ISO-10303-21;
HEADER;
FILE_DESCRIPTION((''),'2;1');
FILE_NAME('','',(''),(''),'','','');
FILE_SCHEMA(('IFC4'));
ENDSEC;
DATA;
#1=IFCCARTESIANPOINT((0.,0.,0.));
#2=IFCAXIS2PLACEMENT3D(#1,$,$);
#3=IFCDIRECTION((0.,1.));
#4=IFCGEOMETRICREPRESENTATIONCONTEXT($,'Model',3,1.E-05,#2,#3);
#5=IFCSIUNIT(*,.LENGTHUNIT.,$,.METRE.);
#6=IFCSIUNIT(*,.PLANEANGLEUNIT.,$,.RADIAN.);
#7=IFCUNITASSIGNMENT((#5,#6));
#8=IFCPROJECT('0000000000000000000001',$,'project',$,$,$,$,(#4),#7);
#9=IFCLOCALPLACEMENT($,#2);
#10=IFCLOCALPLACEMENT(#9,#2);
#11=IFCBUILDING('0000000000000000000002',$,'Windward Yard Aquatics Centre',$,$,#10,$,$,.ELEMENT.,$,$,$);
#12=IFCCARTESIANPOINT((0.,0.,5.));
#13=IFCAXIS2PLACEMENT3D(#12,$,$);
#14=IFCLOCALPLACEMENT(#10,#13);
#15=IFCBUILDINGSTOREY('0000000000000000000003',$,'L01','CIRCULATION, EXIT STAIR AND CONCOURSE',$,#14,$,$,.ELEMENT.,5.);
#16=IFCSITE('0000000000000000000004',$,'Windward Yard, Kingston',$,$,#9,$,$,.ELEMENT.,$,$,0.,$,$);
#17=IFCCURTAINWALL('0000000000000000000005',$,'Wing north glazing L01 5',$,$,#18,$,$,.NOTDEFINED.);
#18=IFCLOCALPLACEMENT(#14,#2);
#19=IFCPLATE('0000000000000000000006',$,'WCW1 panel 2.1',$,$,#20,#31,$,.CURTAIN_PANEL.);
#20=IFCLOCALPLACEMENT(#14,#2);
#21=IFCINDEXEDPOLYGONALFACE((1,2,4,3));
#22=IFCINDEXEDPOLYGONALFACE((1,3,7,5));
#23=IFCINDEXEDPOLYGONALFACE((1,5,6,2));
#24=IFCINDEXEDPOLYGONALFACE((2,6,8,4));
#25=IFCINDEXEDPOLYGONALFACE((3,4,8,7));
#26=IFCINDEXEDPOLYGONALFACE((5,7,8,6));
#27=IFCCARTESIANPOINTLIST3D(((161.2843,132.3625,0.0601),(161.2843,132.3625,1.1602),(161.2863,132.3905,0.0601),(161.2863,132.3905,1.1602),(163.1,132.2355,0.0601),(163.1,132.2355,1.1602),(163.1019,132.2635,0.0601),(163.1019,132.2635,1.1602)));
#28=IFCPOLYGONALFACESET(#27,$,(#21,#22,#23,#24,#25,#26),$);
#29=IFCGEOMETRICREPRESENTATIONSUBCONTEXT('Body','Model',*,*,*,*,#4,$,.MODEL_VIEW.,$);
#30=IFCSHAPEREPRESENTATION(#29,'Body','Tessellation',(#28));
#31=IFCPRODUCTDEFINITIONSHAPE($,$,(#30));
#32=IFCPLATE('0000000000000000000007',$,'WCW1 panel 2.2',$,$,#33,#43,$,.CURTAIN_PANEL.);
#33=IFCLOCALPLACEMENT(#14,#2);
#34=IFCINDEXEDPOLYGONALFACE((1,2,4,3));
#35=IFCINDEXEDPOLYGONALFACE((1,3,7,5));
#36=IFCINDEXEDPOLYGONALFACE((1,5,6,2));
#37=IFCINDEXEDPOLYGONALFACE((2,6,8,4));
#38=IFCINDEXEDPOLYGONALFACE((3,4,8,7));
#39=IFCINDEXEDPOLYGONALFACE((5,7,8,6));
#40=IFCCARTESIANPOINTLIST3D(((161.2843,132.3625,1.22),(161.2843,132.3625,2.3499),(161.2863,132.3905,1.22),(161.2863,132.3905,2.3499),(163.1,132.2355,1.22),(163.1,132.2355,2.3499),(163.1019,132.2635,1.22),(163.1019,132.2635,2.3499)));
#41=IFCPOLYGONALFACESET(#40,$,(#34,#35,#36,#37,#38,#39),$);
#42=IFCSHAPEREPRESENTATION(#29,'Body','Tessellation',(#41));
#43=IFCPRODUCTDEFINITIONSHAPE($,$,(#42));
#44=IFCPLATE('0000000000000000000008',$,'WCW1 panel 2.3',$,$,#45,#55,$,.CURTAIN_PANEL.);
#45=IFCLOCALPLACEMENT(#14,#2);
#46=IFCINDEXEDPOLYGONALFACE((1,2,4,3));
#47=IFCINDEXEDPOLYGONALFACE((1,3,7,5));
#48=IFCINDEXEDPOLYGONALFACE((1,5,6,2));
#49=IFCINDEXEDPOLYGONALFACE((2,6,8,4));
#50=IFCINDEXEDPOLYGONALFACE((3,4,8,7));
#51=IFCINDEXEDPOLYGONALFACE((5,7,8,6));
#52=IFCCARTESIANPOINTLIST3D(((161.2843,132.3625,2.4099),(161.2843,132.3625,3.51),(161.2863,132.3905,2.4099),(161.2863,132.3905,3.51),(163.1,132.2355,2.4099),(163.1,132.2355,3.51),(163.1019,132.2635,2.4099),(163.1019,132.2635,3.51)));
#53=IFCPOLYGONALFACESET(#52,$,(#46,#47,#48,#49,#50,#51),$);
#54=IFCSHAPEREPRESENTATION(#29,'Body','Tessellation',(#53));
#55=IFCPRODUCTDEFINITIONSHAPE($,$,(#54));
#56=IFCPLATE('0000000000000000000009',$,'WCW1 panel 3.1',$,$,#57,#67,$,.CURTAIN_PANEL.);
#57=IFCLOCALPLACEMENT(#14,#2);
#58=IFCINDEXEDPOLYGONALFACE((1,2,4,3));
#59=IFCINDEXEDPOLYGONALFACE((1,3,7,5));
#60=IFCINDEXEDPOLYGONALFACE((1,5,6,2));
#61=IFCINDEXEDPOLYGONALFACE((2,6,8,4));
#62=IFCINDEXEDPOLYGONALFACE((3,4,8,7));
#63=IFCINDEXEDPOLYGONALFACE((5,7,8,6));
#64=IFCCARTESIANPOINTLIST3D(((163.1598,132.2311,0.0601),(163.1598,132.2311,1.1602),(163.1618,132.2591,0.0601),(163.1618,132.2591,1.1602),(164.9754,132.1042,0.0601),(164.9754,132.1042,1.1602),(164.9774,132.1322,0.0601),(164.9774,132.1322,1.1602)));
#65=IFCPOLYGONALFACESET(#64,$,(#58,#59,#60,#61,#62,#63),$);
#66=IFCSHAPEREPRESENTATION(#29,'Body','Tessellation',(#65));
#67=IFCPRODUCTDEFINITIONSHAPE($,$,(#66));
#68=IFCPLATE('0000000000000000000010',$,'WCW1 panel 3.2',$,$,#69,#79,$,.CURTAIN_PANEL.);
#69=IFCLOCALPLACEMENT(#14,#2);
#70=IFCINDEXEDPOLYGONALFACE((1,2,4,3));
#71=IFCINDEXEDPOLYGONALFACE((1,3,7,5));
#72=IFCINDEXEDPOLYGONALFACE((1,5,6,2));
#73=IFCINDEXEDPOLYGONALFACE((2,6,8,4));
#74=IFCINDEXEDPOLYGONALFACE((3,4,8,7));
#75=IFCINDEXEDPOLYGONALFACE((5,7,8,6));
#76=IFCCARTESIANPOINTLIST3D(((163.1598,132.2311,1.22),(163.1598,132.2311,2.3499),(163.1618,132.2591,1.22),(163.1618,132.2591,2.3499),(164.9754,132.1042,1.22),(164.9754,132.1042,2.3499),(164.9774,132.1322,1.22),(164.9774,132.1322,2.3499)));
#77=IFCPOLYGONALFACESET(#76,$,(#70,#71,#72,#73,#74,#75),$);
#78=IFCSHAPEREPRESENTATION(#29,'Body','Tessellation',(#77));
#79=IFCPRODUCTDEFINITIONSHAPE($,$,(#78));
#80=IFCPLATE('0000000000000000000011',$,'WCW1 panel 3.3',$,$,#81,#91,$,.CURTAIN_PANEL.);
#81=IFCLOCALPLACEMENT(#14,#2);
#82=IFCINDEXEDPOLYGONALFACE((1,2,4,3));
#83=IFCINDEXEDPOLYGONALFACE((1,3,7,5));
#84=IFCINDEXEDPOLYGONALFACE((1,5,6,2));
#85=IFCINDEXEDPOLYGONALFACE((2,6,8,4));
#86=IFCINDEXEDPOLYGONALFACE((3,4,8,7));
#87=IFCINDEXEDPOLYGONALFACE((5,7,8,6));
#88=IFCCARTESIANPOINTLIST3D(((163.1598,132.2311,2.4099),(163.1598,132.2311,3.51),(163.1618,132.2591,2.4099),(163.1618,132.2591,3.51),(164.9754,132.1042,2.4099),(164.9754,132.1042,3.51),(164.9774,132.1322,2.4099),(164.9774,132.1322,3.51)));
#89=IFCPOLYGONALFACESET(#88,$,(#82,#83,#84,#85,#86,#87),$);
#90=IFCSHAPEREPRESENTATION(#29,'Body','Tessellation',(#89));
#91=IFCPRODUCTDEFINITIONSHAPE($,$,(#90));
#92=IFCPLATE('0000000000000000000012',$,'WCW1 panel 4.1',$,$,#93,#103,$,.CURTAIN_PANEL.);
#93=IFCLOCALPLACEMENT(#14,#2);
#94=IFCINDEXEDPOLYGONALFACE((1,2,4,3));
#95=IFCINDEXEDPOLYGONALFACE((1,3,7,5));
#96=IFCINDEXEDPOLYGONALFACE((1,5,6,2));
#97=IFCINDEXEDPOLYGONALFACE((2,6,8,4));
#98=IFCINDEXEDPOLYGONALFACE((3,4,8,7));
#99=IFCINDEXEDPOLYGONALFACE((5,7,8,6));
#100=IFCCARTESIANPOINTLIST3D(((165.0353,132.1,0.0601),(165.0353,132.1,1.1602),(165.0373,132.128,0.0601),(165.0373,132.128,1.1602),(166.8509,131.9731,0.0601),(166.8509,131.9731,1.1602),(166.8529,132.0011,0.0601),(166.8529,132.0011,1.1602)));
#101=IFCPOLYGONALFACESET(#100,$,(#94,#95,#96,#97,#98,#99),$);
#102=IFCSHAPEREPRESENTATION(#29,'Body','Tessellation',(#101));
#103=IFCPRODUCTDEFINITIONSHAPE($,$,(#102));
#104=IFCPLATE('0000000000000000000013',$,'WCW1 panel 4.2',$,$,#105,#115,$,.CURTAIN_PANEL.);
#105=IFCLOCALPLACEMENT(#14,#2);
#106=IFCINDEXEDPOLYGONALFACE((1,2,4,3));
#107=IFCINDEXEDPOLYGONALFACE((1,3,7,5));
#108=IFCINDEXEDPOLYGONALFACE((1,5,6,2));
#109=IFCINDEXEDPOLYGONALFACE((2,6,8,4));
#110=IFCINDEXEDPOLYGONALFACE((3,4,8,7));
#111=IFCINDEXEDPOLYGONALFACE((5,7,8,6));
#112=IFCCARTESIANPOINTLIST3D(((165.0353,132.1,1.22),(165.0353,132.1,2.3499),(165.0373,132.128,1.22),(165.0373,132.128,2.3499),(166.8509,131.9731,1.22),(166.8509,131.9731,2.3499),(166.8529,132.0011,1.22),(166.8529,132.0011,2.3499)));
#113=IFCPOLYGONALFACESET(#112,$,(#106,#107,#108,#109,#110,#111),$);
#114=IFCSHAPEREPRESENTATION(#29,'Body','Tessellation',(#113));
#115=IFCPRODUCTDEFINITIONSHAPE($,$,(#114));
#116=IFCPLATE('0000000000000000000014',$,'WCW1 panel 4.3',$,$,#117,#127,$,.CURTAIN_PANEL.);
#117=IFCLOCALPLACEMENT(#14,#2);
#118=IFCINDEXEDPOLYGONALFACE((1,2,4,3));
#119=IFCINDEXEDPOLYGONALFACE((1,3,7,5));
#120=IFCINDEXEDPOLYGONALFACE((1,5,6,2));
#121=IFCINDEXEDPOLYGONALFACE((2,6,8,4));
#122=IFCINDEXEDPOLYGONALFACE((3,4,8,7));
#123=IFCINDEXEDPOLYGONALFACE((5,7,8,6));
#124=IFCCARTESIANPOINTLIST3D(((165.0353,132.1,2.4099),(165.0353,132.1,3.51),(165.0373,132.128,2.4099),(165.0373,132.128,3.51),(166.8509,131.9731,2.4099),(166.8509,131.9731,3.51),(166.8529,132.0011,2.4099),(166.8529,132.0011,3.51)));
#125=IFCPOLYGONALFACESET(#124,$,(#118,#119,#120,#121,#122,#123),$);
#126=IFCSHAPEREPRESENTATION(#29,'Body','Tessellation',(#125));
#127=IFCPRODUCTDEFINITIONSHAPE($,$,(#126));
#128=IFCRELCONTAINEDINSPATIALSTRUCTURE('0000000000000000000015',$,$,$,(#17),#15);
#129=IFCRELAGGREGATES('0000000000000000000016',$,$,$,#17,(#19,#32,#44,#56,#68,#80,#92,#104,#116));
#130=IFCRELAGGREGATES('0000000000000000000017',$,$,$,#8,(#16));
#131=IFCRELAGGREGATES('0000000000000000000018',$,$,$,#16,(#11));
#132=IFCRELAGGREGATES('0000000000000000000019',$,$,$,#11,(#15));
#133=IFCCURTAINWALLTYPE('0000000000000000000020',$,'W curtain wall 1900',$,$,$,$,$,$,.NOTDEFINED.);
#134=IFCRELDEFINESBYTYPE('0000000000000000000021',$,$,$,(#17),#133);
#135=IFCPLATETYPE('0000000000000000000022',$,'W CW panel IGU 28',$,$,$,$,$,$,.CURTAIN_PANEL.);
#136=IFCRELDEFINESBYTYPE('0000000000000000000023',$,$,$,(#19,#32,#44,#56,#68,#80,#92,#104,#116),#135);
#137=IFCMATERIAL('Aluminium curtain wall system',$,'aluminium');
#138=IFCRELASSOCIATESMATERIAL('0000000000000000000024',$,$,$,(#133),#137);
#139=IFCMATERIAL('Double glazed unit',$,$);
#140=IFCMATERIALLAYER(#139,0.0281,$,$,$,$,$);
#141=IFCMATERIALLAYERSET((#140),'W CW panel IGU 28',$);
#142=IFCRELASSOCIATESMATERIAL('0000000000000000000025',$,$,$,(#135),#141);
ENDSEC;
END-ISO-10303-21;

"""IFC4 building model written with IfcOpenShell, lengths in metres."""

from ifc_helpers import new_model, si_unit, direction, frame, origin, origin_2d, place, context, subcontext, project, spatial, rectangle, extrude, material, layer, layer_set, type_object, element, aggregate, save


model = new_model("IFC4")

# Units and contexts
model_context = context("Model", 3, precision=1e-05, world=origin(), true_north=direction((0.0, 1.0)))
body_context = subcontext(model_context, "Body", "Model", "MODEL_VIEW")
ifc_project = project(units=[si_unit("LENGTHUNIT", "METRE"), si_unit("PLANEANGLEUNIT", "RADIAN")], contexts=[model_context])

# Site, building, storey
site_placement = place(None, origin())
site = spatial("IfcSite", under=ifc_project, at=site_placement, Name="Windward Yard, Kingston", CompositionType="ELEMENT", RefElevation=0.0)
building_placement = place(site_placement, origin())
building = spatial("IfcBuilding", under=site, at=building_placement, Name="Windward Yard Aquatics Centre", CompositionType="ELEMENT")
storey_placement = place(building_placement, frame((0.0, 0.0, 5.0)))
storey = spatial("IfcBuildingStorey", under=building, at=storey_placement, Name="L01", Description="CIRCULATION, EXIT STAIR AND CONCOURSE", CompositionType="ELEMENT", Elevation=5.0)

# Curtain wall, plates
ifc_material_1 = material(Name="Aluminium curtain wall system", Category="aluminium")
curtain_wall_type = type_object("IfcCurtainWallType", Name="W curtain wall 1900", PredefinedType="NOTDEFINED", material=ifc_material_1)
curtain_wall_placement = place(storey_placement, origin())
curtain_wall = element("IfcCurtainWall", 1, at=curtain_wall_placement, inside=storey, type_object=curtain_wall_type, Name="Wing north glazing L01 5", PredefinedType="NOTDEFINED")
ifc_material_2 = material(Name="Double glazed unit")
ifc_layer = layer(ifc_material_2, 0.0281)
ifc_layer_set = layer_set([ifc_layer], Name="W CW panel IGU 28")
plate_type = type_object("IfcPlateType", Name="W CW panel IGU 28", PredefinedType="CURTAIN_PANEL", material=ifc_layer_set)
plate_1_placement = place(storey_placement, frame((162.1931, 132.313, 0.0601), z_axis=(0.0, 0.0, 1.0), x_axis=(0.997564, -0.069755, 0.0)))
plate_1 = element("IfcPlate", 2, at=plate_1_placement, type_object=plate_type, Name="WCW1 panel 2.1", PredefinedType="CURTAIN_PANEL", context=body_context, shape_type="SweptSolid", body=[
    extrude(rectangle(XDim=1.8201, YDim=0.0281, at=origin_2d()), origin(), (0.0, 0.0, 1.0), 1.1001),
])
plate_2_placement = place(storey_placement, frame((162.1931, 132.313, 1.22), z_axis=(0.0, 0.0, 1.0), x_axis=(0.997564, -0.069755, 0.0)))
plate_2 = element("IfcPlate", 3, at=plate_2_placement, type_object=plate_type, Name="WCW1 panel 2.2", PredefinedType="CURTAIN_PANEL", context=body_context, shape_type="SweptSolid", body=[
    extrude(rectangle(XDim=1.8201, YDim=0.0281, at=origin_2d()), origin(), (0.0, 0.0, 1.0), 1.1299),
])
plate_3_placement = place(storey_placement, frame((162.1931, 132.313, 2.4099), z_axis=(0.0, 0.0, 1.0), x_axis=(0.997564, -0.069755, 0.0)))
plate_3 = element("IfcPlate", 4, at=plate_3_placement, type_object=plate_type, Name="WCW1 panel 2.3", PredefinedType="CURTAIN_PANEL", context=body_context, shape_type="SweptSolid", body=[
    extrude(rectangle(XDim=1.8201, YDim=0.0281, at=origin_2d()), origin(), (0.0, 0.0, 1.0), 1.1001),
])
plate_4_placement = place(storey_placement, frame((164.0686, 132.1816, 0.0601), z_axis=(0.0, 0.0, 1.0), x_axis=(0.997564, -0.069755, 0.0)))
plate_4 = element("IfcPlate", 5, at=plate_4_placement, type_object=plate_type, Name="WCW1 panel 3.1", PredefinedType="CURTAIN_PANEL", context=body_context, shape_type="SweptSolid", body=[
    extrude(rectangle(XDim=1.8201, YDim=0.0281, at=origin_2d()), origin(), (0.0, 0.0, 1.0), 1.1001),
])
plate_5_placement = place(storey_placement, frame((164.0686, 132.1816, 1.22), z_axis=(0.0, 0.0, 1.0), x_axis=(0.997564, -0.069755, 0.0)))
plate_5 = element("IfcPlate", 6, at=plate_5_placement, type_object=plate_type, Name="WCW1 panel 3.2", PredefinedType="CURTAIN_PANEL", context=body_context, shape_type="SweptSolid", body=[
    extrude(rectangle(XDim=1.8201, YDim=0.0281, at=origin_2d()), origin(), (0.0, 0.0, 1.0), 1.1299),
])
plate_6_placement = place(storey_placement, frame((164.0686, 132.1816, 2.4099), z_axis=(0.0, 0.0, 1.0), x_axis=(0.997564, -0.069755, 0.0)))
plate_6 = element("IfcPlate", 7, at=plate_6_placement, type_object=plate_type, Name="WCW1 panel 3.3", PredefinedType="CURTAIN_PANEL", context=body_context, shape_type="SweptSolid", body=[
    extrude(rectangle(XDim=1.8201, YDim=0.0281, at=origin_2d()), origin(), (0.0, 0.0, 1.0), 1.1001),
])
plate_7_placement = place(storey_placement, frame((165.9441, 132.0505, 0.0601), z_axis=(0.0, 0.0, 1.0), x_axis=(0.997564, -0.069755, 0.0)))
plate_7 = element("IfcPlate", 8, at=plate_7_placement, type_object=plate_type, Name="WCW1 panel 4.1", PredefinedType="CURTAIN_PANEL", context=body_context, shape_type="SweptSolid", body=[
    extrude(rectangle(XDim=1.8201, YDim=0.0281, at=origin_2d()), origin(), (0.0, 0.0, 1.0), 1.1001),
])
plate_8_placement = place(storey_placement, frame((165.9441, 132.0505, 1.22), z_axis=(0.0, 0.0, 1.0), x_axis=(0.997564, -0.069755, 0.0)))
plate_8 = element("IfcPlate", 9, at=plate_8_placement, type_object=plate_type, Name="WCW1 panel 4.2", PredefinedType="CURTAIN_PANEL", context=body_context, shape_type="SweptSolid", body=[
    extrude(rectangle(XDim=1.8201, YDim=0.0281, at=origin_2d()), origin(), (0.0, 0.0, 1.0), 1.1299),
])
plate_9_placement = place(storey_placement, frame((165.9441, 132.0505, 2.4099), z_axis=(0.0, 0.0, 1.0), x_axis=(0.997564, -0.069755, 0.0)))
plate_9 = element("IfcPlate", 10, at=plate_9_placement, type_object=plate_type, Name="WCW1 panel 4.3", PredefinedType="CURTAIN_PANEL", context=body_context, shape_type="SweptSolid", body=[
    extrude(rectangle(XDim=1.8201, YDim=0.0281, at=origin_2d()), origin(), (0.0, 0.0, 1.0), 1.1001),
])
aggregate(curtain_wall, [plate_1, plate_2, plate_3, plate_4, plate_5, plate_6, plate_7, plate_8, plate_9])

save(model, "model.ifc")
